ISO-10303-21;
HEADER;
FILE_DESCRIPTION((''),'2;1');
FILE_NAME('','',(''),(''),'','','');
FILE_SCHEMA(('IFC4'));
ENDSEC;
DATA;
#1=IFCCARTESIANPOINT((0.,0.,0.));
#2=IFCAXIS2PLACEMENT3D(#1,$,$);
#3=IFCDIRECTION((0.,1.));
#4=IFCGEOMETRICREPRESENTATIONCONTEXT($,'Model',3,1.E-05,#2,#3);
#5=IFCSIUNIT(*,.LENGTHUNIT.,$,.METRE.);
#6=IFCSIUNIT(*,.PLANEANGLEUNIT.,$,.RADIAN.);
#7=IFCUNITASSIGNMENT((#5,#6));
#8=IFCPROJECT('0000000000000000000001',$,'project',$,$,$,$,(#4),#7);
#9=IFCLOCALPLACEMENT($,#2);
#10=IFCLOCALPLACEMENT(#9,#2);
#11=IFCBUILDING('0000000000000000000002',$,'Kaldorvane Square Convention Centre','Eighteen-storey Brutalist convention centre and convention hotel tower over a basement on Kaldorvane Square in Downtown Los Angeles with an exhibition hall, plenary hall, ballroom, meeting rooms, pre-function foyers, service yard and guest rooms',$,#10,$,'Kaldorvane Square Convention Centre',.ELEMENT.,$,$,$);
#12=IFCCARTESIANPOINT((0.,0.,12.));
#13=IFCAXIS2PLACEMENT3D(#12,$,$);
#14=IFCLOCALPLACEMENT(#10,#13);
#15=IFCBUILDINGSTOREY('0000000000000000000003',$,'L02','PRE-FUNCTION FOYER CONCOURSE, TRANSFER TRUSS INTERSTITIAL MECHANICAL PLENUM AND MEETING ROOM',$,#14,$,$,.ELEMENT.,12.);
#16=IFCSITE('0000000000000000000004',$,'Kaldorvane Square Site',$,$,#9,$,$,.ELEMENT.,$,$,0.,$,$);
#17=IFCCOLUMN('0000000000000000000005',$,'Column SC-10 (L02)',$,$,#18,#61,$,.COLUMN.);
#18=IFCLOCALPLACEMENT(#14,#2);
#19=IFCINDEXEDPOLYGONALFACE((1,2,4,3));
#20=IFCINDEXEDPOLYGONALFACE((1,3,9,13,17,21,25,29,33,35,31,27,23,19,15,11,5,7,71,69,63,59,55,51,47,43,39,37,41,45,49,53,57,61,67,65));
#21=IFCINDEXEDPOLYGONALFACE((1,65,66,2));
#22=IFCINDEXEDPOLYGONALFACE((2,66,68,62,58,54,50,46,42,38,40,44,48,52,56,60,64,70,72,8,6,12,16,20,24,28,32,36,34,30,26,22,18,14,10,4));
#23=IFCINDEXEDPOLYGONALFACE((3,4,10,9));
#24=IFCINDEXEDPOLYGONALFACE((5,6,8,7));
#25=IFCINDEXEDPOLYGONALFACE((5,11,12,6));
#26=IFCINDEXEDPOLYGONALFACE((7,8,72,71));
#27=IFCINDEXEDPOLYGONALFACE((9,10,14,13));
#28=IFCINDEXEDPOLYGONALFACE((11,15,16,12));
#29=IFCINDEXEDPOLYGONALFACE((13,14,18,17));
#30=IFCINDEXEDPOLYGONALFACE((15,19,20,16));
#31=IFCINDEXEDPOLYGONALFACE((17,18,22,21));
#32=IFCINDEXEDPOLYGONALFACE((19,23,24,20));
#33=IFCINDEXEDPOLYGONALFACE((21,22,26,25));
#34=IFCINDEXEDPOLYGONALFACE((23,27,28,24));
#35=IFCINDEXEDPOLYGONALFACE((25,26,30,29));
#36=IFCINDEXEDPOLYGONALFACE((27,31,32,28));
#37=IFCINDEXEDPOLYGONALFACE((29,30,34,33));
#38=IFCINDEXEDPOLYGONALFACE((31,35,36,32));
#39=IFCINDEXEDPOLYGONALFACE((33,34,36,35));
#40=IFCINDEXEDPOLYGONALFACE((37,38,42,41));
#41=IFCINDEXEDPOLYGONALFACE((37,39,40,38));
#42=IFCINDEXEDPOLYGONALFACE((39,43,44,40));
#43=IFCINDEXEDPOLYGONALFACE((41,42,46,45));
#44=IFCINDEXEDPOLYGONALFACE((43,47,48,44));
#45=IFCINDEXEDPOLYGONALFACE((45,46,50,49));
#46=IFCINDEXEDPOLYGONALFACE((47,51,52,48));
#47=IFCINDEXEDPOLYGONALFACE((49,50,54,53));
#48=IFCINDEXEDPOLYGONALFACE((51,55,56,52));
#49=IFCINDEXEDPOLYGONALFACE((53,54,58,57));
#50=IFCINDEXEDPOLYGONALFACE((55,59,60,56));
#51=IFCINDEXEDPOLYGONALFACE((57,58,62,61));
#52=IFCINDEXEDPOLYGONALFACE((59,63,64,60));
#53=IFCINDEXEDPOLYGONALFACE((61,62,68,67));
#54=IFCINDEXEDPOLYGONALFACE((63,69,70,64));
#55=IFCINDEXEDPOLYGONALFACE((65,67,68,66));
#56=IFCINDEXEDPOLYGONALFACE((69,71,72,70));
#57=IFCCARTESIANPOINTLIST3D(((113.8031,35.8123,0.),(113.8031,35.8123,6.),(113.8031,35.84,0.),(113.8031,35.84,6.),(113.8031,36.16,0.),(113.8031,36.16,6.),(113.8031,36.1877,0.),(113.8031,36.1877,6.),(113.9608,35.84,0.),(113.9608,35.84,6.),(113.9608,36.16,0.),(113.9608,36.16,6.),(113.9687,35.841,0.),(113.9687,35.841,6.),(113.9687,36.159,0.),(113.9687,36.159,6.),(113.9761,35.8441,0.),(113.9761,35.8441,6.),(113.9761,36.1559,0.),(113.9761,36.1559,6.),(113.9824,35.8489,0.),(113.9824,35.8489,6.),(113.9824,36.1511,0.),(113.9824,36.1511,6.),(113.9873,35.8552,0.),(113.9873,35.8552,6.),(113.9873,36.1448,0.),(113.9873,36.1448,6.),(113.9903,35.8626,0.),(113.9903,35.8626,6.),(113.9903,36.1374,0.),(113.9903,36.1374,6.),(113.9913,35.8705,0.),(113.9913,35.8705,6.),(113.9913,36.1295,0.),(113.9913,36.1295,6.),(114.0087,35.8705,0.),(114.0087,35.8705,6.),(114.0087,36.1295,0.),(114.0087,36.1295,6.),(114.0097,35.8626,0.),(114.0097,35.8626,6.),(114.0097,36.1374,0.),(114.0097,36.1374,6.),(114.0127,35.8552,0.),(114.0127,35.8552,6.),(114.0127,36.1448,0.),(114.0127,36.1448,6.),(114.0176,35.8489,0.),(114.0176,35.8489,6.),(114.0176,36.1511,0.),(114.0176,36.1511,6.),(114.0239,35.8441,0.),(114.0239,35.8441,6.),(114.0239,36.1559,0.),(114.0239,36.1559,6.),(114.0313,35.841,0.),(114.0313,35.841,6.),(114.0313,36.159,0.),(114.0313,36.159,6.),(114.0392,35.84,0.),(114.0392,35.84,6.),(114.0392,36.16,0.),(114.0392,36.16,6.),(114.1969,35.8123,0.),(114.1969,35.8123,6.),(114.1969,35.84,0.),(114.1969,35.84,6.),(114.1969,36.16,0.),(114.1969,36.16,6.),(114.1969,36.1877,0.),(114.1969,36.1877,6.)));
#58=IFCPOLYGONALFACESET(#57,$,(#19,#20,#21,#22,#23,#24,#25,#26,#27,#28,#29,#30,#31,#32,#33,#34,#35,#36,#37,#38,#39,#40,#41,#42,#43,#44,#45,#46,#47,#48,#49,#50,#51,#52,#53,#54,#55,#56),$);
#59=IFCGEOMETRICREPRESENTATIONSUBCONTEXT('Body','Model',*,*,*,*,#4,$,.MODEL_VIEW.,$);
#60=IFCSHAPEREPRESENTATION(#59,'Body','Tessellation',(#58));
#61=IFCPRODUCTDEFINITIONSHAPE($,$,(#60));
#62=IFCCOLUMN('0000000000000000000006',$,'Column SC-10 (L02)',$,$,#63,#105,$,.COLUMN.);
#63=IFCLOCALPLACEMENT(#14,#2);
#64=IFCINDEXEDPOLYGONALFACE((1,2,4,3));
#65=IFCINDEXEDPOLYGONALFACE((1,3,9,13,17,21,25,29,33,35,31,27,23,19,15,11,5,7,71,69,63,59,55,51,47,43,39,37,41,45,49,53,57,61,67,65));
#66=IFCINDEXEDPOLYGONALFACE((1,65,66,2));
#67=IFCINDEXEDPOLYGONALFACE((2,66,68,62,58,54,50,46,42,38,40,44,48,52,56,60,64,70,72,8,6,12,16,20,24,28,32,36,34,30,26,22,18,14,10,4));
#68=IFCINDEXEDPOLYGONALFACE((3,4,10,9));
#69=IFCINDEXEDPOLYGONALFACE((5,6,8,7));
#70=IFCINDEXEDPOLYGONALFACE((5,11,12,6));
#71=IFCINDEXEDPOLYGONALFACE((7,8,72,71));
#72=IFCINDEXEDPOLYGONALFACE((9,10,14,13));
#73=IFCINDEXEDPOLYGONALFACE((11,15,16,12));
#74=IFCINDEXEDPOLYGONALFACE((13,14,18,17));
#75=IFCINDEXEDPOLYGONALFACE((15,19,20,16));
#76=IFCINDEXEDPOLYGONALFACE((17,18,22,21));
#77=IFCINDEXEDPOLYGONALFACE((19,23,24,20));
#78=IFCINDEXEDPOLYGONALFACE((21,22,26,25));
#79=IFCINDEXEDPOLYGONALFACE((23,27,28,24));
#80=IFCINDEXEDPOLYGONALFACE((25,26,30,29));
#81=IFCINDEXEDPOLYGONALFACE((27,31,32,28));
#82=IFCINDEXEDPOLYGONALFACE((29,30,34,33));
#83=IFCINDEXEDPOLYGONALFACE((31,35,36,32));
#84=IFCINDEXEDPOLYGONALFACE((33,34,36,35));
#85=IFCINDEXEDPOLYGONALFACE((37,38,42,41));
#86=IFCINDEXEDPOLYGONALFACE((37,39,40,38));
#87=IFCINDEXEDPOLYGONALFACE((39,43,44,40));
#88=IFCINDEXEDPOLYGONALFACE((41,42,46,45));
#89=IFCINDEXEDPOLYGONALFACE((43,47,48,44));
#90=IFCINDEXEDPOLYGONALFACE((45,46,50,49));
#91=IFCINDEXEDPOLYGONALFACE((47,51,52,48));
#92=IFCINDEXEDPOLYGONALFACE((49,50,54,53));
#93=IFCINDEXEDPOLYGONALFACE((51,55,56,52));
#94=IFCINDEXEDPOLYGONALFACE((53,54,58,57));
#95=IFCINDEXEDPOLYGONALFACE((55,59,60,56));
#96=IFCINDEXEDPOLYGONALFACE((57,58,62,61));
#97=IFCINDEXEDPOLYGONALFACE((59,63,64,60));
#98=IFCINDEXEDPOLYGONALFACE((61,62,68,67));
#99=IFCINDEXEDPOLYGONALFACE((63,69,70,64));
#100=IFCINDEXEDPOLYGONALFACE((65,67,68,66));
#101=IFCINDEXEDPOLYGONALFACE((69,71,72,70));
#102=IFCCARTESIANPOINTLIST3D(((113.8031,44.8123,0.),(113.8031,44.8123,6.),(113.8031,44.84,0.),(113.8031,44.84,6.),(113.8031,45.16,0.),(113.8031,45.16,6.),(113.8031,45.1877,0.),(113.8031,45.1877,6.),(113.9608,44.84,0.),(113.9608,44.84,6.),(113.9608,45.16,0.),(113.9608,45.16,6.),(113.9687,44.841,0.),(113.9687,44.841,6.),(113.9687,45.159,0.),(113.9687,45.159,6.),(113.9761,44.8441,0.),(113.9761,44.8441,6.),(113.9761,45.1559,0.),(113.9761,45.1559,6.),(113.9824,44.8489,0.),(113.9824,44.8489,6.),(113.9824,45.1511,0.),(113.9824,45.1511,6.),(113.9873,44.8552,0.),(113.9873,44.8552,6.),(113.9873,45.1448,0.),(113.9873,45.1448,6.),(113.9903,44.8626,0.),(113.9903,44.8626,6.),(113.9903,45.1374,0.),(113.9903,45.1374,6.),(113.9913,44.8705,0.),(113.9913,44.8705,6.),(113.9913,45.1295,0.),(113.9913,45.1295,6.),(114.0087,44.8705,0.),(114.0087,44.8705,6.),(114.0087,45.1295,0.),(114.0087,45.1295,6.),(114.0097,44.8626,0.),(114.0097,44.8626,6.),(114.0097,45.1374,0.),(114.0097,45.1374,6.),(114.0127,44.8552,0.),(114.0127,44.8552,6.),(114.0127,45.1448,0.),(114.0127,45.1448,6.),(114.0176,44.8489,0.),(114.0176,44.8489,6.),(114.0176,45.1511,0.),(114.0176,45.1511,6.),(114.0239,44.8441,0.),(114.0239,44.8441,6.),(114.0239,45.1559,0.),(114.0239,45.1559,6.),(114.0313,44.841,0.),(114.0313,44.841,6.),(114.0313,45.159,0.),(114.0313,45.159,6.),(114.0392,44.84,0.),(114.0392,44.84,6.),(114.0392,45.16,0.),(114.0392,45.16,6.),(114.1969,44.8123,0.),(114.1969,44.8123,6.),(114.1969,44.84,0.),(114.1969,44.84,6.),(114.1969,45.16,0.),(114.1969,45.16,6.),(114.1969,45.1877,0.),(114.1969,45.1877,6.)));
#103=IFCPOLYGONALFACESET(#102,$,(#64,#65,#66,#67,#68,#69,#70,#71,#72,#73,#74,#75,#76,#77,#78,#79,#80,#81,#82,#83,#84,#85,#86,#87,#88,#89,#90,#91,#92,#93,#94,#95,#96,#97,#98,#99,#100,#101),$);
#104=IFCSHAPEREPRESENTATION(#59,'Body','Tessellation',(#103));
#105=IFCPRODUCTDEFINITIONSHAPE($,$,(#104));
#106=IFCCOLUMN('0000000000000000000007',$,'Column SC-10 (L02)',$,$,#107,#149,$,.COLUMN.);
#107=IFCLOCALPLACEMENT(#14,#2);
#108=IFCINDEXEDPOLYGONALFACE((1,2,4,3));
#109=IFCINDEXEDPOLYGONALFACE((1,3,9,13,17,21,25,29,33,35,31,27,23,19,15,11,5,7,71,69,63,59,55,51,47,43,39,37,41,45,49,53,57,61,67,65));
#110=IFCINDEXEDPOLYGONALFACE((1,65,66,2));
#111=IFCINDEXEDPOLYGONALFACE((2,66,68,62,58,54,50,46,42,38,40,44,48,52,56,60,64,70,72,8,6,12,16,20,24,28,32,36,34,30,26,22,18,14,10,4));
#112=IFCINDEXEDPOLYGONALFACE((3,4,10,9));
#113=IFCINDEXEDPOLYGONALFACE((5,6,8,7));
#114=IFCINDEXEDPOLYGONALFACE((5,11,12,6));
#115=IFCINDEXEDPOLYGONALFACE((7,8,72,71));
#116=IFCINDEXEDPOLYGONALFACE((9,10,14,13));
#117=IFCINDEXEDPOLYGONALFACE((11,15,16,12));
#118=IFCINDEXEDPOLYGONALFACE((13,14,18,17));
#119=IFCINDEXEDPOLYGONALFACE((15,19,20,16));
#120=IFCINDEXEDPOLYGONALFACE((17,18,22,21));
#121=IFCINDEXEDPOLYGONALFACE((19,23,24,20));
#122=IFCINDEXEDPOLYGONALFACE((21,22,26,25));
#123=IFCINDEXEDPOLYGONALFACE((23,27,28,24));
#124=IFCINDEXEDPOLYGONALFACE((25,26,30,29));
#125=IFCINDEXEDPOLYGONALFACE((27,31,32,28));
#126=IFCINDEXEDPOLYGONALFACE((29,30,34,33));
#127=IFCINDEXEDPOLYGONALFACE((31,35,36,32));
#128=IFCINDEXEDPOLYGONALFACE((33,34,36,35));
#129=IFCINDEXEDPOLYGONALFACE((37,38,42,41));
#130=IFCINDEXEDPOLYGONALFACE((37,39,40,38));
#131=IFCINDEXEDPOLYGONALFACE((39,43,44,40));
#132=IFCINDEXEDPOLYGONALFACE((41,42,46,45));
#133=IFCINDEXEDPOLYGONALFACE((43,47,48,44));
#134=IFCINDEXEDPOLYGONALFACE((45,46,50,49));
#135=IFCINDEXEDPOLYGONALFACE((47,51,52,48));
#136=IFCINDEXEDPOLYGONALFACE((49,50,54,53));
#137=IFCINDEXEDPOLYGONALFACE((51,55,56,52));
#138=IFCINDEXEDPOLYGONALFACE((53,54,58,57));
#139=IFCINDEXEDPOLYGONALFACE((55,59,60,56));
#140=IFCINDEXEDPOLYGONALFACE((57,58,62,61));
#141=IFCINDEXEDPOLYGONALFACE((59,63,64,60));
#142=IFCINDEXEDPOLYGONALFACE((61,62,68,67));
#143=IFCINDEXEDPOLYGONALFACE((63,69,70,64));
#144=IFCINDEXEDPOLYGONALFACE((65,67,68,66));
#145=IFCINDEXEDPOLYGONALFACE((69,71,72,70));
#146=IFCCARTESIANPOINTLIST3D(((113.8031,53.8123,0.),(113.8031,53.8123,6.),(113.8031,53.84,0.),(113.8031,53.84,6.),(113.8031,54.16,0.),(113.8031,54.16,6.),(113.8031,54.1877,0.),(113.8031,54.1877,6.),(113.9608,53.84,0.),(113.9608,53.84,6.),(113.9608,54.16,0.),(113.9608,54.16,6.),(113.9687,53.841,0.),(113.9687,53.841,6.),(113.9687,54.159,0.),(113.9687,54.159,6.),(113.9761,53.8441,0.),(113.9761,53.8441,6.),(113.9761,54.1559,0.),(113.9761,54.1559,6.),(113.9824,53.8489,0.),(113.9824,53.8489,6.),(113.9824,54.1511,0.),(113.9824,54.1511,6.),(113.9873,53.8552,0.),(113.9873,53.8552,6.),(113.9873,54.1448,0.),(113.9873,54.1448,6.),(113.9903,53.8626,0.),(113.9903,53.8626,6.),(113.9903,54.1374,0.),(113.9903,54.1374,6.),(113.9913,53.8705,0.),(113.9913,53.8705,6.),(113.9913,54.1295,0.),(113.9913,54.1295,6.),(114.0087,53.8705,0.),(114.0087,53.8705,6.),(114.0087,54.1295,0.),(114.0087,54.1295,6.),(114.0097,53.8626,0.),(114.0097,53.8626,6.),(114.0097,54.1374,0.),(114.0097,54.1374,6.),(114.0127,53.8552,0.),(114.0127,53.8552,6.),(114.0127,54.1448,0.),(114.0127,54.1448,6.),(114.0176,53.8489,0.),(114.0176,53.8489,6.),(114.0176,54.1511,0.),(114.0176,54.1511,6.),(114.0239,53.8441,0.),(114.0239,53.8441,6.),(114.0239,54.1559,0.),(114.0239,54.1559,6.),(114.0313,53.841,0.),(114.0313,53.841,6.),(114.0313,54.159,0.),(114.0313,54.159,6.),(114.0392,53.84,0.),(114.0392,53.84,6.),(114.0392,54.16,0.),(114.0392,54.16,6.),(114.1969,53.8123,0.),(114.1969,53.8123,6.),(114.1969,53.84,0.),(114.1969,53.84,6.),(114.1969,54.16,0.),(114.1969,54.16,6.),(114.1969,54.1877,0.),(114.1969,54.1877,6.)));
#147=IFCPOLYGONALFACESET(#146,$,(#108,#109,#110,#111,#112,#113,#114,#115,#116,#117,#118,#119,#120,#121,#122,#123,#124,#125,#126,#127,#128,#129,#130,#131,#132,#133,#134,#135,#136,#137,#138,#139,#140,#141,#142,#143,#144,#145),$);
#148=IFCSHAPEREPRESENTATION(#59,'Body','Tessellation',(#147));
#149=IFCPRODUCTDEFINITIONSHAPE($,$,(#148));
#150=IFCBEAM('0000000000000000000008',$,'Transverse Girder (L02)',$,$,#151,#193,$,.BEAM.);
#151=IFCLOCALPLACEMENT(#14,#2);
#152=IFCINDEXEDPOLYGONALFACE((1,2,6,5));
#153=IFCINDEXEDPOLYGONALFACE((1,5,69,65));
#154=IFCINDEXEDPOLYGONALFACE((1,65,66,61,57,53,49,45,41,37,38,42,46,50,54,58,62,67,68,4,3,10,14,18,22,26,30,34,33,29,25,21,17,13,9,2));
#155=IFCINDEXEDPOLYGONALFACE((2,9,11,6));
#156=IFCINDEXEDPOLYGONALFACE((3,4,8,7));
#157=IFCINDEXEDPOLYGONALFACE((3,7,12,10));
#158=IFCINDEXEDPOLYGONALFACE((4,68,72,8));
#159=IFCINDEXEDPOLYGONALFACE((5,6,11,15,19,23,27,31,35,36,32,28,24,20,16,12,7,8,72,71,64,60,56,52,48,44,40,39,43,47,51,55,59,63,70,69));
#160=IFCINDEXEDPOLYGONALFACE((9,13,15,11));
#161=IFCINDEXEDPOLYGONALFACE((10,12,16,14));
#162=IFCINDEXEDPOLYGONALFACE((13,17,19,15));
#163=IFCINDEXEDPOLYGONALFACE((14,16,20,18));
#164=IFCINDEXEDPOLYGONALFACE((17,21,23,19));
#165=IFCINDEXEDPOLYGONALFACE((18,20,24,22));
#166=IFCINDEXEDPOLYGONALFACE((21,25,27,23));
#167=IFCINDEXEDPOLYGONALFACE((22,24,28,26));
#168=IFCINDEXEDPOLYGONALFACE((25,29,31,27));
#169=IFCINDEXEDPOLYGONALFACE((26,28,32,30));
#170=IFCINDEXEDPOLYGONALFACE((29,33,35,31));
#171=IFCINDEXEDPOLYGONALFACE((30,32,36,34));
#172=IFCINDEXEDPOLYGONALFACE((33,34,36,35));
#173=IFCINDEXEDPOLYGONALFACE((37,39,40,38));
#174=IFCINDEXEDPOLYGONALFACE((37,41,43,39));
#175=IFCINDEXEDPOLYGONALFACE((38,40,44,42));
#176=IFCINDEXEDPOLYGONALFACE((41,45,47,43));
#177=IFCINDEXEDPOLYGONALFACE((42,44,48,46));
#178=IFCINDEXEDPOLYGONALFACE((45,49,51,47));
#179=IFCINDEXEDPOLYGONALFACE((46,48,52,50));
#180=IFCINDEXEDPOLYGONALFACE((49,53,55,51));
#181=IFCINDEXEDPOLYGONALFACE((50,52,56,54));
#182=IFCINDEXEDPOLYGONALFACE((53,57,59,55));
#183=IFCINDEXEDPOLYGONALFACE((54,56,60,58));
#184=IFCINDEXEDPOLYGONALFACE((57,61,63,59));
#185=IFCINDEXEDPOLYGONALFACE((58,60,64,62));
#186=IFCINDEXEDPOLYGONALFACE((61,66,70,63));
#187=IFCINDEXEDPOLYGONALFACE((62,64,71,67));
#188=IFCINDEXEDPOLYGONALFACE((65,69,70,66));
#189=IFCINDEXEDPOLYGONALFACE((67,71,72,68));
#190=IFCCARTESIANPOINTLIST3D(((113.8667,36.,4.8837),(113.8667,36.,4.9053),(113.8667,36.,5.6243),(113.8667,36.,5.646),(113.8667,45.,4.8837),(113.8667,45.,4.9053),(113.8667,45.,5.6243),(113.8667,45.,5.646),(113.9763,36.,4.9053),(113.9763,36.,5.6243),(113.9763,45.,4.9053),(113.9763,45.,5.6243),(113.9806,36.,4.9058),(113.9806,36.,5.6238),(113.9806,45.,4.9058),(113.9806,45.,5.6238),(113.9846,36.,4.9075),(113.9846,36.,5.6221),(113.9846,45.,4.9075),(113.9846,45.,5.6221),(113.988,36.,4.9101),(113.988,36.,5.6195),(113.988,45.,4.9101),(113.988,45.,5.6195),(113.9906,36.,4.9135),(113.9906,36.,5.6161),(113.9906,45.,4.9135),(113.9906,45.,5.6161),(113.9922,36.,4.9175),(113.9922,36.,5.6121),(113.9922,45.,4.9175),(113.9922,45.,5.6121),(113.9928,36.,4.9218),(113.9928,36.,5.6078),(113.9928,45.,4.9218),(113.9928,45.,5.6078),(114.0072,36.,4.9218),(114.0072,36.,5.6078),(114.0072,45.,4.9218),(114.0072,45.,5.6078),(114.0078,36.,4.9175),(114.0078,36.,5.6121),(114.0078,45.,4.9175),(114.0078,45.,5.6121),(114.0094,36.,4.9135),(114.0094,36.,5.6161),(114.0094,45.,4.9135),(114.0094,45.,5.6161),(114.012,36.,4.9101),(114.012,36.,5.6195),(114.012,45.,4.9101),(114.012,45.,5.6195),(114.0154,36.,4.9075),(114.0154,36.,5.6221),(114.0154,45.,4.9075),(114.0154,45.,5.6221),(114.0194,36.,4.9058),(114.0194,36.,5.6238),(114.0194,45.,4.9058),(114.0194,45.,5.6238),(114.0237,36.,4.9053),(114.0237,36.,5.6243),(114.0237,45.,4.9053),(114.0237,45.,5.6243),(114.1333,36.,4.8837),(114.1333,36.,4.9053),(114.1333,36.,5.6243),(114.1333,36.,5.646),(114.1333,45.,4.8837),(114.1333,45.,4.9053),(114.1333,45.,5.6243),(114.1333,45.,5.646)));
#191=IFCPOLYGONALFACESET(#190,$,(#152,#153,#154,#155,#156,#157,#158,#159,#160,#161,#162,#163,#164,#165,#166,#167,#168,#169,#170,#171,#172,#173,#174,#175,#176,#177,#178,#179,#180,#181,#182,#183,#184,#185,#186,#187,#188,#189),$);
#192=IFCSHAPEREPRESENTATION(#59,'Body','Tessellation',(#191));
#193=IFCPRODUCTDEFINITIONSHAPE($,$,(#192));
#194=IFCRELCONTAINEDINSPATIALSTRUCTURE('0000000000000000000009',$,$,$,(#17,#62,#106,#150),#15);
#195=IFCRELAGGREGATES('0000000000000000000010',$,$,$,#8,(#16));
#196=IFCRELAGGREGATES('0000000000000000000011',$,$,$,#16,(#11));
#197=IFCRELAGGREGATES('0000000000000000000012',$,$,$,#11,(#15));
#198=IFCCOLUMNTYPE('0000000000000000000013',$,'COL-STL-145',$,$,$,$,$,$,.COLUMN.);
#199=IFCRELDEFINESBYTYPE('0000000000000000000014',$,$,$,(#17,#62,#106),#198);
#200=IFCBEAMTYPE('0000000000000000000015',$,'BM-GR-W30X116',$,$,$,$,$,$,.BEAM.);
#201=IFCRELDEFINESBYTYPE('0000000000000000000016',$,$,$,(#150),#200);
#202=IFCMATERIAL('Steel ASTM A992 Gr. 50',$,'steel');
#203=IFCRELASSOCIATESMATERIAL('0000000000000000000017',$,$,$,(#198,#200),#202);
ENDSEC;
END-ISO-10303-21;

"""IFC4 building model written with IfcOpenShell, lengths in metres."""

from ifc_helpers import new_model, si_unit, direction, frame, origin, origin_2d, place, context, subcontext, project, spatial, i_section, extrude, material, material_profile, profile_set, type_object, element, save


model = new_model("IFC4")

# Units and contexts
model_context = context("Model", 3, precision=1e-05, world=origin(), true_north=direction((0.0, 1.0)))
body_context = subcontext(model_context, "Body", "Model", "MODEL_VIEW")
ifc_project = project(units=[si_unit("LENGTHUNIT", "METRE"), si_unit("PLANEANGLEUNIT", "RADIAN")], contexts=[model_context])

# Site, building, storey
site_placement = place(None, origin())
site = spatial("IfcSite", under=ifc_project, at=site_placement, Name="Kaldorvane Square Site", CompositionType="ELEMENT", RefElevation=0.0)
building_placement = place(site_placement, origin())
building = spatial("IfcBuilding", under=site, at=building_placement, Name="Kaldorvane Square Convention Centre", Description="Eighteen-storey Brutalist convention centre and convention hotel tower over a basement on Kaldorvane Square in Downtown Los Angeles with an exhibition hall, plenary hall, ballroom, meeting rooms, pre-function foyers, service yard and guest rooms", LongName="Kaldorvane Square Convention Centre", CompositionType="ELEMENT")
storey_placement = place(building_placement, frame((0.0, 0.0, 12.0)))
storey = spatial("IfcBuildingStorey", under=building, at=storey_placement, Name="L02", Description="PRE-FUNCTION FOYER CONCOURSE, TRANSFER TRUSS INTERSTITIAL MECHANICAL PLENUM AND MEETING ROOM", CompositionType="ELEMENT", Elevation=12.0)

# Columns
ifc_material_1 = material(Name="Steel ASTM A992 Gr. 50", Category="steel")
ifc_material_profile_1 = material_profile(ifc_material_1, i_section(OverallWidth=0.3937, OverallDepth=0.3754, WebThickness=0.0173, FlangeThickness=0.0277, FilletRadius=0.0305, at=origin_2d()), Name="W14X145")
ifc_profile_set_1 = profile_set([ifc_material_profile_1], Name="Steel ASTM A992 Gr. 50")
column_type = type_object("IfcColumnType", Name="COL-STL-145", PredefinedType="COLUMN", material=ifc_profile_set_1)
for number, where, z_axis, x_axis, name in (
    (1, (114.0, 36.0, 0.0), (0.0, 0.0, 1.0), (1.0, 0.0, 0.0), "Column SC-10 (L02)"),
    (2, (114.0, 45.0, 0.0), (0.0, 0.0, 1.0), (1.0, 0.0, 0.0), "Column SC-10 (L02)"),
    (3, (114.0, 54.0, 0.0), (0.0, 0.0, 1.0), (1.0, 0.0, 0.0), "Column SC-10 (L02)"),
):
    element("IfcColumn", number, at=place(storey_placement, frame(where, z_axis=z_axis, x_axis=x_axis)), inside=storey, type_object=column_type, Name=name, PredefinedType="COLUMN", context=body_context, shape_type="SweptSolid", body=[
        extrude(i_section(OverallWidth=0.3937, OverallDepth=0.3754, WebThickness=0.0173, FlangeThickness=0.0277, FilletRadius=0.0305, at=origin_2d()), origin(), (0.0, 0.0, 1.0), 6.0),
    ])

# Beam
ifc_material_profile_2 = material_profile(ifc_material_1, i_section(OverallWidth=0.2666, OverallDepth=0.7623, WebThickness=0.0144, FlangeThickness=0.0216, FilletRadius=0.0165, at=origin_2d()), Name="W30X116")
ifc_profile_set_2 = profile_set([ifc_material_profile_2], Name="Steel ASTM A992 Gr. 50")
beam_type_1 = type_object("IfcBeamType", Name="BM-GR-W30X116", PredefinedType="BEAM", material=ifc_profile_set_2)
for number, where, z_axis, x_axis, name in (
    (4, (114.0, 36.0, 5.2648), (0.0, 1.0, 0.0), (-1.0, 0.0, 0.0), "Transverse Girder (L02)"),
):
    element("IfcBeam", number, at=place(storey_placement, frame(where, z_axis=z_axis, x_axis=x_axis)), inside=storey, type_object=beam_type_1, Name=name, PredefinedType="BEAM", context=body_context, shape_type="SweptSolid", body=[
        extrude(i_section(OverallWidth=0.2666, OverallDepth=0.7623, WebThickness=0.0144, FlangeThickness=0.0216, FilletRadius=0.0165, at=origin_2d()), origin(), (0.0, 0.0, 1.0), 9.0),
    ])

save(model, "model.ifc")
